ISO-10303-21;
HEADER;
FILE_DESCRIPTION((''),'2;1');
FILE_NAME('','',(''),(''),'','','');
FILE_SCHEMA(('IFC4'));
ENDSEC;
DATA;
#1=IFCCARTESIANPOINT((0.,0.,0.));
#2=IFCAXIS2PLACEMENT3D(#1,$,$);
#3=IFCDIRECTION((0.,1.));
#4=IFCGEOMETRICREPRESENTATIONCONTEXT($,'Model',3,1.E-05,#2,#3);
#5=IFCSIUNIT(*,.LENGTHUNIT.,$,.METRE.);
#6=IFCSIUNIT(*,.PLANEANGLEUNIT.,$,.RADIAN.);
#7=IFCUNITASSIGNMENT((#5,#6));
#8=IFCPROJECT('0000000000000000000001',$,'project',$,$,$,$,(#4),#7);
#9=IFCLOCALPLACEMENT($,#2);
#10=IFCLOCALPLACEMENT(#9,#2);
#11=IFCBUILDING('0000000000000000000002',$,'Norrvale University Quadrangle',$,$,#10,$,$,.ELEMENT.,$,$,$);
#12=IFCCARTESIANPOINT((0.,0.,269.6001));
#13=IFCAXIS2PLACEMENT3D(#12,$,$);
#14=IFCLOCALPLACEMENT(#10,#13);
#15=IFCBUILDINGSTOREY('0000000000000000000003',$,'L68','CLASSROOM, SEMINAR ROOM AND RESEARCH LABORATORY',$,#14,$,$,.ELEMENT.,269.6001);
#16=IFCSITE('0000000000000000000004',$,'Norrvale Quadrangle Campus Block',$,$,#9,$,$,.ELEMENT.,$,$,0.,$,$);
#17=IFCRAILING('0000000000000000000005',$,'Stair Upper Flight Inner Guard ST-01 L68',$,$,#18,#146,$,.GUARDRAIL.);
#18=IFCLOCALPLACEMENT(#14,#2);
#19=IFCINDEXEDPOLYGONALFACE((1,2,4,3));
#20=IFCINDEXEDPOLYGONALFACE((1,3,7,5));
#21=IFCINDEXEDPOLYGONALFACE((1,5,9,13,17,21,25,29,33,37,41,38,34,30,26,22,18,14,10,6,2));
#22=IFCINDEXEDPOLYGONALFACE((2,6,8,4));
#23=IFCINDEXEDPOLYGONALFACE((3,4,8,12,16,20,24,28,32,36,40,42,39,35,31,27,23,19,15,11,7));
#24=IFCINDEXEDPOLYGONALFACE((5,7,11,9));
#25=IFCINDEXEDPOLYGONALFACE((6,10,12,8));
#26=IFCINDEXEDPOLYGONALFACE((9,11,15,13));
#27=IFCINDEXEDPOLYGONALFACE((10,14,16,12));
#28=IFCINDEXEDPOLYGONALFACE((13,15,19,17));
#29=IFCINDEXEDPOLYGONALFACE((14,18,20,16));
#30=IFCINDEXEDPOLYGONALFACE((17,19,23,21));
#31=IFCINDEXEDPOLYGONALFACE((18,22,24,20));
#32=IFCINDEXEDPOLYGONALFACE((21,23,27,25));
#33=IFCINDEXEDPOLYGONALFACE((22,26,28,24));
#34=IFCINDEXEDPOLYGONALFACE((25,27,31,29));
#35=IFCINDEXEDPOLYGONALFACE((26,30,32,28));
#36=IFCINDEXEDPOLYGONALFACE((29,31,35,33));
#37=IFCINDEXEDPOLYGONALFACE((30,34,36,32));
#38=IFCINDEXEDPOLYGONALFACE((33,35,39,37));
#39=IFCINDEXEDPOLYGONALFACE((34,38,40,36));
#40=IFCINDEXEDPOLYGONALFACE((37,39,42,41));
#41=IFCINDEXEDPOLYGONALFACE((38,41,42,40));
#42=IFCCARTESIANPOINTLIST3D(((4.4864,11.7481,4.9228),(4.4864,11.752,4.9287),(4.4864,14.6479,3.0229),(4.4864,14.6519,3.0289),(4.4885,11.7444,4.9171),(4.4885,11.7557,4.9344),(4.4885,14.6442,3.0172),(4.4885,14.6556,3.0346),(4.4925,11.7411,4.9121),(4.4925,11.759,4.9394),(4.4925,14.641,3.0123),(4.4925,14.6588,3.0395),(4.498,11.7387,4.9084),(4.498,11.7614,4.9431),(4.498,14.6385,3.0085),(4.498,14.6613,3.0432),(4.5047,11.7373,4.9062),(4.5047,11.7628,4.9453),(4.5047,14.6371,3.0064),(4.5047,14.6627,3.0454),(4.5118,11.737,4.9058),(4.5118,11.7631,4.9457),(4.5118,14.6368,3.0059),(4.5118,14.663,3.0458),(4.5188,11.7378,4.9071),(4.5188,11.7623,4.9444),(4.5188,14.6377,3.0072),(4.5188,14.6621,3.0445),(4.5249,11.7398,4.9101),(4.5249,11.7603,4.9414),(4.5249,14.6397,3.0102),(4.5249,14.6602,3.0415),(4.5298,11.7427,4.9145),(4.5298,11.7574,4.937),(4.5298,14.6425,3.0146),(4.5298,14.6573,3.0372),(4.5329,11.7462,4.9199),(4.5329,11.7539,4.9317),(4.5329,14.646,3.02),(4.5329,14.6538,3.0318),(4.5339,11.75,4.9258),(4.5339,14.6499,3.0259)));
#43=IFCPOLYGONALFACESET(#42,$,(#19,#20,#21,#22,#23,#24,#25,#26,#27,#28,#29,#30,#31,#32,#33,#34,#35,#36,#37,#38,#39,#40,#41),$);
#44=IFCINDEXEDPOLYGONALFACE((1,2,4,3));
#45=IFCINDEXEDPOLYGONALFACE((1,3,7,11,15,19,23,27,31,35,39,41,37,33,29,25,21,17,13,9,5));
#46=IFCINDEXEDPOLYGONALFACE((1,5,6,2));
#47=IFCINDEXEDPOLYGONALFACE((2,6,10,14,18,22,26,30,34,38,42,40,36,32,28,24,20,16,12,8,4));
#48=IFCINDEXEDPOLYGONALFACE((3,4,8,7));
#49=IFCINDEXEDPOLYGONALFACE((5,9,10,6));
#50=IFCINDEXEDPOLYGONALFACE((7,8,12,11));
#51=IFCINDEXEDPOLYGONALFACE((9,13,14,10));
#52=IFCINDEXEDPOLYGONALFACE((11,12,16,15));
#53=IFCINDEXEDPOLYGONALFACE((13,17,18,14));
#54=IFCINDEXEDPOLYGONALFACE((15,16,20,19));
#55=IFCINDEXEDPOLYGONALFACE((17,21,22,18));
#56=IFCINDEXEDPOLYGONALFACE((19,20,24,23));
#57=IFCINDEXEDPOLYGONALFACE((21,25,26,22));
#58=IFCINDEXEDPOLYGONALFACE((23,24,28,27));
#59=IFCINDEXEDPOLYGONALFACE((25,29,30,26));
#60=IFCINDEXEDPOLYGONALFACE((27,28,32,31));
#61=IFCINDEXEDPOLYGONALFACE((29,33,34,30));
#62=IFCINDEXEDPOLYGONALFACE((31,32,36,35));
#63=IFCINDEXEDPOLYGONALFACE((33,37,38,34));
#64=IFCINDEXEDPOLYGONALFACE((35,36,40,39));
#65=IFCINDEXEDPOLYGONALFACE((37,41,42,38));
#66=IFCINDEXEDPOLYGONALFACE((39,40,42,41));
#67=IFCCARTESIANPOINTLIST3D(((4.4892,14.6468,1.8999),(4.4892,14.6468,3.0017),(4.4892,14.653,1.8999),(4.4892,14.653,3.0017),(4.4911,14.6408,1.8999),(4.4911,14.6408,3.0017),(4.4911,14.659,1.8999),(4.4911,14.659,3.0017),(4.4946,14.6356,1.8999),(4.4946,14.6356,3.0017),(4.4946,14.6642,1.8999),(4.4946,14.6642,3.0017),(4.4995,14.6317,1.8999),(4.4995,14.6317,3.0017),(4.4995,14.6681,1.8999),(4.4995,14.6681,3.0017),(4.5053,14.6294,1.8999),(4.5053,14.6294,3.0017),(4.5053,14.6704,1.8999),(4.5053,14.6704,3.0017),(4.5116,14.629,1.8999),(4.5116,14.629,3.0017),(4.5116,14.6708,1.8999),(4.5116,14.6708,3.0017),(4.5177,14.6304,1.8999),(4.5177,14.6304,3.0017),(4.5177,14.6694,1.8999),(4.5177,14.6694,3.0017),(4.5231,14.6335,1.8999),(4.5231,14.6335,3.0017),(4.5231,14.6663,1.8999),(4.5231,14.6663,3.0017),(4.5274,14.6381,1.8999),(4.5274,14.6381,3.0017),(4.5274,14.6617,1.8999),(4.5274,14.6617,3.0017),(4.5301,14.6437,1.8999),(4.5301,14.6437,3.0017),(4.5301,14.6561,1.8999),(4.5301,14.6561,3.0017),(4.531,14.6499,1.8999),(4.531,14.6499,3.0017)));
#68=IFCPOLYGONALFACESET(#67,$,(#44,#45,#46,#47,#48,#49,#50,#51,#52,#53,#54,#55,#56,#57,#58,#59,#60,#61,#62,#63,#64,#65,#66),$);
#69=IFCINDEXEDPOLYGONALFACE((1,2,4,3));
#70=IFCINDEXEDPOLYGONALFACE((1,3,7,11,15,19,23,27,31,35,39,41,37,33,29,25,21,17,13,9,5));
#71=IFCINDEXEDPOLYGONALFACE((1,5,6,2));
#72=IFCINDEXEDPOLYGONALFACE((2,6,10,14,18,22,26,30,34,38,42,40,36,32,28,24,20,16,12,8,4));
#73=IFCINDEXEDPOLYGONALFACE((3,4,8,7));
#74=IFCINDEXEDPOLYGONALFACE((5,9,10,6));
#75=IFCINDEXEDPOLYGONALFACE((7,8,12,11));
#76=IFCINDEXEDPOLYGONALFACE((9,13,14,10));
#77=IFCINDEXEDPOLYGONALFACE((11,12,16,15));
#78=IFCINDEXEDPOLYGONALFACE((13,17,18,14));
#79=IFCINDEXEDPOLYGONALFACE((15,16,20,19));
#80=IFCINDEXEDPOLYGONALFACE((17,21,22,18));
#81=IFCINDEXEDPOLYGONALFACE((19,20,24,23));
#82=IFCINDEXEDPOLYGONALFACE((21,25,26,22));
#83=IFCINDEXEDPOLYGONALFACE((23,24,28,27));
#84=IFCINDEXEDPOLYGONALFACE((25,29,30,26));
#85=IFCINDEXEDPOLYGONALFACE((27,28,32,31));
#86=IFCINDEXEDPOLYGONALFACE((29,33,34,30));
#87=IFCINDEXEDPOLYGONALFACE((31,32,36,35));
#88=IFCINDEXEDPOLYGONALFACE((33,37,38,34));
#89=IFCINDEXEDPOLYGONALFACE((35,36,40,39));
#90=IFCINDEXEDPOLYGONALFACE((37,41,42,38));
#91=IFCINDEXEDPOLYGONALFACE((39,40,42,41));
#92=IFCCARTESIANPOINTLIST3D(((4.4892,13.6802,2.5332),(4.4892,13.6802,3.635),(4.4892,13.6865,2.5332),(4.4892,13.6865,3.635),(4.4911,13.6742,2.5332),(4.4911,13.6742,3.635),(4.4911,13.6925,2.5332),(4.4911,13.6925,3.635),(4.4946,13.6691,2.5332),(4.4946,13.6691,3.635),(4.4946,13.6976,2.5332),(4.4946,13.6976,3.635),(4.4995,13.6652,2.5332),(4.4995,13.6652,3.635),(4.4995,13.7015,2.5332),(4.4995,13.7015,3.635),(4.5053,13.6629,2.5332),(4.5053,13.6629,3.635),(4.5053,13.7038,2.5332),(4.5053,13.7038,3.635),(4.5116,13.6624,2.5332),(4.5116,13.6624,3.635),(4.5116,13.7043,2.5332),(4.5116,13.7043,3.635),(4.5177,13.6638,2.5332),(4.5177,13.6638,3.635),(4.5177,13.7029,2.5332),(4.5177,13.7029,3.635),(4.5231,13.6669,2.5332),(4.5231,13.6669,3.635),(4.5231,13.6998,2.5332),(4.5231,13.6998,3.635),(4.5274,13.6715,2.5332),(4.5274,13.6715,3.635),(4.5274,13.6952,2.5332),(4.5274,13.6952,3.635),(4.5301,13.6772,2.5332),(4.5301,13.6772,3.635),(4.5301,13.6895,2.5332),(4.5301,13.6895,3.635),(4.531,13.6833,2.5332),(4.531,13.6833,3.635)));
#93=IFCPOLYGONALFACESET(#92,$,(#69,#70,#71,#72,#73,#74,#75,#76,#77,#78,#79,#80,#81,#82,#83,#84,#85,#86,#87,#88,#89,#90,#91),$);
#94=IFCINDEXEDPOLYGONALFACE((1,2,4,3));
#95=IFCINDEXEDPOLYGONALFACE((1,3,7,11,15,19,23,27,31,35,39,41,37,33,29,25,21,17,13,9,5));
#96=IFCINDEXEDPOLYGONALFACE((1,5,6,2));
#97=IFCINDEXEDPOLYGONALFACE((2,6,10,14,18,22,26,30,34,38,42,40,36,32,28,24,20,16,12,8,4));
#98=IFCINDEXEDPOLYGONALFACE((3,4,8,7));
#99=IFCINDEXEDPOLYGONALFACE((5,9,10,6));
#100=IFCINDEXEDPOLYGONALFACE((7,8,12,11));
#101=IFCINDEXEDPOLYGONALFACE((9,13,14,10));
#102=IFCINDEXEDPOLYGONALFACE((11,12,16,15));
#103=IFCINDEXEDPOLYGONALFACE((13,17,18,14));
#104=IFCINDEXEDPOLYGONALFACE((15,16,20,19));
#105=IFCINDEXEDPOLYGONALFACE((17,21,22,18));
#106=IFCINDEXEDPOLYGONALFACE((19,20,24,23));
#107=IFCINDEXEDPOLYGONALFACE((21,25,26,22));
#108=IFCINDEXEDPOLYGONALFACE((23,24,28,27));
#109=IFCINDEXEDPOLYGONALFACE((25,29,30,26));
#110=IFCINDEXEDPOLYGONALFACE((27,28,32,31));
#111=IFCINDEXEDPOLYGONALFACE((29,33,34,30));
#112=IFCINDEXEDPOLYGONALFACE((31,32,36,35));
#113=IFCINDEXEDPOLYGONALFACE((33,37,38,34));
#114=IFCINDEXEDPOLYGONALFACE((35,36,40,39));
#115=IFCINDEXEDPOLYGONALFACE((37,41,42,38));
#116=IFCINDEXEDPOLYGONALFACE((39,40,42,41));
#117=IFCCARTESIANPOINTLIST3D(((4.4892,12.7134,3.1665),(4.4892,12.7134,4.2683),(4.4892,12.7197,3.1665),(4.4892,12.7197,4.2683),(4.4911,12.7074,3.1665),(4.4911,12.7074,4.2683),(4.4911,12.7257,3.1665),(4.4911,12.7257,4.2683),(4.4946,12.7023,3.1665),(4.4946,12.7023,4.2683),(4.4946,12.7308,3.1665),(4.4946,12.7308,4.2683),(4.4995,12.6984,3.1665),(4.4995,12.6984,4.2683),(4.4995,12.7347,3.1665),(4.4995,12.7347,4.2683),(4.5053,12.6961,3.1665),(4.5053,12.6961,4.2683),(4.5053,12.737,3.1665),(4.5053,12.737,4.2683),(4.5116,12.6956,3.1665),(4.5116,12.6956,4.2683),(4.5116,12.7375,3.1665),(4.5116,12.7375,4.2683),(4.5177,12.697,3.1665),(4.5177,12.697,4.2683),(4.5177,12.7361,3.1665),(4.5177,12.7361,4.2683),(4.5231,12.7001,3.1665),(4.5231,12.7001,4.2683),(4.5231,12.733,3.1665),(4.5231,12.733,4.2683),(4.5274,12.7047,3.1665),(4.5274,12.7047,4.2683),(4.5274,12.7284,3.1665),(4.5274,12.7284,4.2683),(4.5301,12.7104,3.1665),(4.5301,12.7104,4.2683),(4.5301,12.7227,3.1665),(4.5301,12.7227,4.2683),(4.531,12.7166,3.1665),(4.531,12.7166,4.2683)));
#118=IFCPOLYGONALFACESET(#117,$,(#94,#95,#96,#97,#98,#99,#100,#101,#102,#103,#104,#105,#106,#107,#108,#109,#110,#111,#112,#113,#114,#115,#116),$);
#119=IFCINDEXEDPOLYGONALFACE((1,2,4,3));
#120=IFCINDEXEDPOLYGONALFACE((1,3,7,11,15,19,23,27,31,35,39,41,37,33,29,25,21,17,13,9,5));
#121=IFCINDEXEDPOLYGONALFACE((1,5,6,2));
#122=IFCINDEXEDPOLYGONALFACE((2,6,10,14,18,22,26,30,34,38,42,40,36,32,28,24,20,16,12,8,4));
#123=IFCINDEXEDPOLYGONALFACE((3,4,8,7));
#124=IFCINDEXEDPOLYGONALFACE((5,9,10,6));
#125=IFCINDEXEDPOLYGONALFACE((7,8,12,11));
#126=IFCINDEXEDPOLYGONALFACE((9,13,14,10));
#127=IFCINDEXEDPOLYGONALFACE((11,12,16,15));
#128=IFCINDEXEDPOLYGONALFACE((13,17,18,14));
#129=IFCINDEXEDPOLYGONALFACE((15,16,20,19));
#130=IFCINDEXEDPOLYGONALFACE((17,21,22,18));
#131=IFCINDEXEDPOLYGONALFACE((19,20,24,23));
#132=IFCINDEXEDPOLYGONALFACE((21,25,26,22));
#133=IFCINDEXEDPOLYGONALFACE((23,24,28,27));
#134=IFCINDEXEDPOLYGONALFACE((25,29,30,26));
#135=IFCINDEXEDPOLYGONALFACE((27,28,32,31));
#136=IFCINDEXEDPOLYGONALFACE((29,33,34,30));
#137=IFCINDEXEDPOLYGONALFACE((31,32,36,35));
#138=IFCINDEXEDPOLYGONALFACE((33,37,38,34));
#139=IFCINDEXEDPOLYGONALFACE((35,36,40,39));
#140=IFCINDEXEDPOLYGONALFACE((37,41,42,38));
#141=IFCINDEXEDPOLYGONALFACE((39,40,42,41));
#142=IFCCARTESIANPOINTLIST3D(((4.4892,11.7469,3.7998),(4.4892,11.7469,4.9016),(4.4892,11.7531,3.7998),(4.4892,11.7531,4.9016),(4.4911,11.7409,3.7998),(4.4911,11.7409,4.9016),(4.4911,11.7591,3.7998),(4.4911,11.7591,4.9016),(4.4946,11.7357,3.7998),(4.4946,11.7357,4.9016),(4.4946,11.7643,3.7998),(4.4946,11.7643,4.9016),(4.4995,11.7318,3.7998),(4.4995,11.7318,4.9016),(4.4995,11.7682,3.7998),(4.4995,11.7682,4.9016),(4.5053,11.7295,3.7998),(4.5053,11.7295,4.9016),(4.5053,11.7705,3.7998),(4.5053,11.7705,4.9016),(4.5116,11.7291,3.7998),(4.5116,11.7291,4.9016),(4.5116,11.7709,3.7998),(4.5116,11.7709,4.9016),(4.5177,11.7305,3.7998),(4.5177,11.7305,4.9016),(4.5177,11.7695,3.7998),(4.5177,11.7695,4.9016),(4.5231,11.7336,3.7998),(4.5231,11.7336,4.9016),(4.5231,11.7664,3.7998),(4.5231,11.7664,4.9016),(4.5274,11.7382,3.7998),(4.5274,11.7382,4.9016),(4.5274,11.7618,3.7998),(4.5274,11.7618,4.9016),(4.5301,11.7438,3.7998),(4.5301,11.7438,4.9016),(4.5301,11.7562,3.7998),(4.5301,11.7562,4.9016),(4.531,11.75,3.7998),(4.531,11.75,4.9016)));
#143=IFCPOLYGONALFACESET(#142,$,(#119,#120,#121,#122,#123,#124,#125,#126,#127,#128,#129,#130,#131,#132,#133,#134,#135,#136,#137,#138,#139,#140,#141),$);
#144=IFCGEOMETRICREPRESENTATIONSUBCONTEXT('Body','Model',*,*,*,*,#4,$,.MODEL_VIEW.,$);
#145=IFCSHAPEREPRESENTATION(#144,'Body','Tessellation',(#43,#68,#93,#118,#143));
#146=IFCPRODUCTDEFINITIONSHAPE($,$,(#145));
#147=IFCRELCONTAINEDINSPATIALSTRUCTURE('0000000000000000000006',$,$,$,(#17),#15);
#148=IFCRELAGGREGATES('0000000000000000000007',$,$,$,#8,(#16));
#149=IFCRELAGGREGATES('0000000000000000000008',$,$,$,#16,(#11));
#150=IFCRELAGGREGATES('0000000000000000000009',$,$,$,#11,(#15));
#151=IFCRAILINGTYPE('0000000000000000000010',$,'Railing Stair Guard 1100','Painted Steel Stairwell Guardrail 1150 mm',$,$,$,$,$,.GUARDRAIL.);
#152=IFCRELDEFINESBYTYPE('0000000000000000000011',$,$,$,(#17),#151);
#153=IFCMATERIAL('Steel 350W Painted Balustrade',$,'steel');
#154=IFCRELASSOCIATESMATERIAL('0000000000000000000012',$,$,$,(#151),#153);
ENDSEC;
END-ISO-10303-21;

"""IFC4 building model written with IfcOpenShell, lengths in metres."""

from ifc_helpers import new_model, si_unit, direction, frame, origin, origin_2d, place, context, subcontext, project, spatial, circle, extrude, material, type_object, element, save


model = new_model("IFC4")

# Units and contexts
model_context = context("Model", 3, precision=1e-05, world=origin(), true_north=direction((0.0, 1.0)))
body_context = subcontext(model_context, "Body", "Model", "MODEL_VIEW")
ifc_project = project(units=[si_unit("LENGTHUNIT", "METRE"), si_unit("PLANEANGLEUNIT", "RADIAN")], contexts=[model_context])

# Site, building, storey
site_placement = place(None, origin())
site = spatial("IfcSite", under=ifc_project, at=site_placement, Name="Norrvale Quadrangle Campus Block", CompositionType="ELEMENT", RefElevation=0.0)
building_placement = place(site_placement, origin())
building = spatial("IfcBuilding", under=site, at=building_placement, Name="Norrvale University Quadrangle", CompositionType="ELEMENT")
storey_placement = place(building_placement, frame((0.0, 0.0, 269.6001)))
storey = spatial("IfcBuildingStorey", under=building, at=storey_placement, Name="L68", Description="CLASSROOM, SEMINAR ROOM AND RESEARCH LABORATORY", CompositionType="ELEMENT", Elevation=269.6001)

# Railing
ifc_material_1 = material(Name="Steel 350W Painted Balustrade", Category="steel")
railing_type_1 = type_object("IfcRailingType", Name="Railing Stair Guard 1100", Description="Painted Steel Stairwell Guardrail 1150 mm", PredefinedType="GUARDRAIL", material=ifc_material_1)
railing_1_placement = place(storey_placement, frame((4.51, 14.6499, 1.8999)))
element("IfcRailing", 1, at=railing_1_placement, inside=storey, type_object=railing_type_1, Name="Stair Upper Flight Inner Guard ST-01 L68", PredefinedType="GUARDRAIL", context=body_context, shape_type="SweptSolid", body=[
    extrude(circle(Radius=0.0239, at=origin_2d()), frame((0.0, 0.0, 1.126), z_axis=(0.0, -0.836466, 0.548019), x_axis=(1.0, 0.0, 0.0)), (0.0, 0.0, 1.0), 3.4668),
    extrude(circle(Radius=0.021, at=origin_2d()), origin(), (0.0, 0.0, 1.0), 1.1018),
    extrude(circle(Radius=0.021, at=origin_2d()), frame((0.0, -0.9666, 0.6333)), (0.0, 0.0, 1.0), 1.1018),
    extrude(circle(Radius=0.021, at=origin_2d()), frame((0.0, -1.9333, 1.2666)), (0.0, 0.0, 1.0), 1.1018),
    extrude(circle(Radius=0.021, at=origin_2d()), frame((0.0, -2.8999, 1.8999)), (0.0, 0.0, 1.0), 1.1018),
])

save(model, "model.ifc")
